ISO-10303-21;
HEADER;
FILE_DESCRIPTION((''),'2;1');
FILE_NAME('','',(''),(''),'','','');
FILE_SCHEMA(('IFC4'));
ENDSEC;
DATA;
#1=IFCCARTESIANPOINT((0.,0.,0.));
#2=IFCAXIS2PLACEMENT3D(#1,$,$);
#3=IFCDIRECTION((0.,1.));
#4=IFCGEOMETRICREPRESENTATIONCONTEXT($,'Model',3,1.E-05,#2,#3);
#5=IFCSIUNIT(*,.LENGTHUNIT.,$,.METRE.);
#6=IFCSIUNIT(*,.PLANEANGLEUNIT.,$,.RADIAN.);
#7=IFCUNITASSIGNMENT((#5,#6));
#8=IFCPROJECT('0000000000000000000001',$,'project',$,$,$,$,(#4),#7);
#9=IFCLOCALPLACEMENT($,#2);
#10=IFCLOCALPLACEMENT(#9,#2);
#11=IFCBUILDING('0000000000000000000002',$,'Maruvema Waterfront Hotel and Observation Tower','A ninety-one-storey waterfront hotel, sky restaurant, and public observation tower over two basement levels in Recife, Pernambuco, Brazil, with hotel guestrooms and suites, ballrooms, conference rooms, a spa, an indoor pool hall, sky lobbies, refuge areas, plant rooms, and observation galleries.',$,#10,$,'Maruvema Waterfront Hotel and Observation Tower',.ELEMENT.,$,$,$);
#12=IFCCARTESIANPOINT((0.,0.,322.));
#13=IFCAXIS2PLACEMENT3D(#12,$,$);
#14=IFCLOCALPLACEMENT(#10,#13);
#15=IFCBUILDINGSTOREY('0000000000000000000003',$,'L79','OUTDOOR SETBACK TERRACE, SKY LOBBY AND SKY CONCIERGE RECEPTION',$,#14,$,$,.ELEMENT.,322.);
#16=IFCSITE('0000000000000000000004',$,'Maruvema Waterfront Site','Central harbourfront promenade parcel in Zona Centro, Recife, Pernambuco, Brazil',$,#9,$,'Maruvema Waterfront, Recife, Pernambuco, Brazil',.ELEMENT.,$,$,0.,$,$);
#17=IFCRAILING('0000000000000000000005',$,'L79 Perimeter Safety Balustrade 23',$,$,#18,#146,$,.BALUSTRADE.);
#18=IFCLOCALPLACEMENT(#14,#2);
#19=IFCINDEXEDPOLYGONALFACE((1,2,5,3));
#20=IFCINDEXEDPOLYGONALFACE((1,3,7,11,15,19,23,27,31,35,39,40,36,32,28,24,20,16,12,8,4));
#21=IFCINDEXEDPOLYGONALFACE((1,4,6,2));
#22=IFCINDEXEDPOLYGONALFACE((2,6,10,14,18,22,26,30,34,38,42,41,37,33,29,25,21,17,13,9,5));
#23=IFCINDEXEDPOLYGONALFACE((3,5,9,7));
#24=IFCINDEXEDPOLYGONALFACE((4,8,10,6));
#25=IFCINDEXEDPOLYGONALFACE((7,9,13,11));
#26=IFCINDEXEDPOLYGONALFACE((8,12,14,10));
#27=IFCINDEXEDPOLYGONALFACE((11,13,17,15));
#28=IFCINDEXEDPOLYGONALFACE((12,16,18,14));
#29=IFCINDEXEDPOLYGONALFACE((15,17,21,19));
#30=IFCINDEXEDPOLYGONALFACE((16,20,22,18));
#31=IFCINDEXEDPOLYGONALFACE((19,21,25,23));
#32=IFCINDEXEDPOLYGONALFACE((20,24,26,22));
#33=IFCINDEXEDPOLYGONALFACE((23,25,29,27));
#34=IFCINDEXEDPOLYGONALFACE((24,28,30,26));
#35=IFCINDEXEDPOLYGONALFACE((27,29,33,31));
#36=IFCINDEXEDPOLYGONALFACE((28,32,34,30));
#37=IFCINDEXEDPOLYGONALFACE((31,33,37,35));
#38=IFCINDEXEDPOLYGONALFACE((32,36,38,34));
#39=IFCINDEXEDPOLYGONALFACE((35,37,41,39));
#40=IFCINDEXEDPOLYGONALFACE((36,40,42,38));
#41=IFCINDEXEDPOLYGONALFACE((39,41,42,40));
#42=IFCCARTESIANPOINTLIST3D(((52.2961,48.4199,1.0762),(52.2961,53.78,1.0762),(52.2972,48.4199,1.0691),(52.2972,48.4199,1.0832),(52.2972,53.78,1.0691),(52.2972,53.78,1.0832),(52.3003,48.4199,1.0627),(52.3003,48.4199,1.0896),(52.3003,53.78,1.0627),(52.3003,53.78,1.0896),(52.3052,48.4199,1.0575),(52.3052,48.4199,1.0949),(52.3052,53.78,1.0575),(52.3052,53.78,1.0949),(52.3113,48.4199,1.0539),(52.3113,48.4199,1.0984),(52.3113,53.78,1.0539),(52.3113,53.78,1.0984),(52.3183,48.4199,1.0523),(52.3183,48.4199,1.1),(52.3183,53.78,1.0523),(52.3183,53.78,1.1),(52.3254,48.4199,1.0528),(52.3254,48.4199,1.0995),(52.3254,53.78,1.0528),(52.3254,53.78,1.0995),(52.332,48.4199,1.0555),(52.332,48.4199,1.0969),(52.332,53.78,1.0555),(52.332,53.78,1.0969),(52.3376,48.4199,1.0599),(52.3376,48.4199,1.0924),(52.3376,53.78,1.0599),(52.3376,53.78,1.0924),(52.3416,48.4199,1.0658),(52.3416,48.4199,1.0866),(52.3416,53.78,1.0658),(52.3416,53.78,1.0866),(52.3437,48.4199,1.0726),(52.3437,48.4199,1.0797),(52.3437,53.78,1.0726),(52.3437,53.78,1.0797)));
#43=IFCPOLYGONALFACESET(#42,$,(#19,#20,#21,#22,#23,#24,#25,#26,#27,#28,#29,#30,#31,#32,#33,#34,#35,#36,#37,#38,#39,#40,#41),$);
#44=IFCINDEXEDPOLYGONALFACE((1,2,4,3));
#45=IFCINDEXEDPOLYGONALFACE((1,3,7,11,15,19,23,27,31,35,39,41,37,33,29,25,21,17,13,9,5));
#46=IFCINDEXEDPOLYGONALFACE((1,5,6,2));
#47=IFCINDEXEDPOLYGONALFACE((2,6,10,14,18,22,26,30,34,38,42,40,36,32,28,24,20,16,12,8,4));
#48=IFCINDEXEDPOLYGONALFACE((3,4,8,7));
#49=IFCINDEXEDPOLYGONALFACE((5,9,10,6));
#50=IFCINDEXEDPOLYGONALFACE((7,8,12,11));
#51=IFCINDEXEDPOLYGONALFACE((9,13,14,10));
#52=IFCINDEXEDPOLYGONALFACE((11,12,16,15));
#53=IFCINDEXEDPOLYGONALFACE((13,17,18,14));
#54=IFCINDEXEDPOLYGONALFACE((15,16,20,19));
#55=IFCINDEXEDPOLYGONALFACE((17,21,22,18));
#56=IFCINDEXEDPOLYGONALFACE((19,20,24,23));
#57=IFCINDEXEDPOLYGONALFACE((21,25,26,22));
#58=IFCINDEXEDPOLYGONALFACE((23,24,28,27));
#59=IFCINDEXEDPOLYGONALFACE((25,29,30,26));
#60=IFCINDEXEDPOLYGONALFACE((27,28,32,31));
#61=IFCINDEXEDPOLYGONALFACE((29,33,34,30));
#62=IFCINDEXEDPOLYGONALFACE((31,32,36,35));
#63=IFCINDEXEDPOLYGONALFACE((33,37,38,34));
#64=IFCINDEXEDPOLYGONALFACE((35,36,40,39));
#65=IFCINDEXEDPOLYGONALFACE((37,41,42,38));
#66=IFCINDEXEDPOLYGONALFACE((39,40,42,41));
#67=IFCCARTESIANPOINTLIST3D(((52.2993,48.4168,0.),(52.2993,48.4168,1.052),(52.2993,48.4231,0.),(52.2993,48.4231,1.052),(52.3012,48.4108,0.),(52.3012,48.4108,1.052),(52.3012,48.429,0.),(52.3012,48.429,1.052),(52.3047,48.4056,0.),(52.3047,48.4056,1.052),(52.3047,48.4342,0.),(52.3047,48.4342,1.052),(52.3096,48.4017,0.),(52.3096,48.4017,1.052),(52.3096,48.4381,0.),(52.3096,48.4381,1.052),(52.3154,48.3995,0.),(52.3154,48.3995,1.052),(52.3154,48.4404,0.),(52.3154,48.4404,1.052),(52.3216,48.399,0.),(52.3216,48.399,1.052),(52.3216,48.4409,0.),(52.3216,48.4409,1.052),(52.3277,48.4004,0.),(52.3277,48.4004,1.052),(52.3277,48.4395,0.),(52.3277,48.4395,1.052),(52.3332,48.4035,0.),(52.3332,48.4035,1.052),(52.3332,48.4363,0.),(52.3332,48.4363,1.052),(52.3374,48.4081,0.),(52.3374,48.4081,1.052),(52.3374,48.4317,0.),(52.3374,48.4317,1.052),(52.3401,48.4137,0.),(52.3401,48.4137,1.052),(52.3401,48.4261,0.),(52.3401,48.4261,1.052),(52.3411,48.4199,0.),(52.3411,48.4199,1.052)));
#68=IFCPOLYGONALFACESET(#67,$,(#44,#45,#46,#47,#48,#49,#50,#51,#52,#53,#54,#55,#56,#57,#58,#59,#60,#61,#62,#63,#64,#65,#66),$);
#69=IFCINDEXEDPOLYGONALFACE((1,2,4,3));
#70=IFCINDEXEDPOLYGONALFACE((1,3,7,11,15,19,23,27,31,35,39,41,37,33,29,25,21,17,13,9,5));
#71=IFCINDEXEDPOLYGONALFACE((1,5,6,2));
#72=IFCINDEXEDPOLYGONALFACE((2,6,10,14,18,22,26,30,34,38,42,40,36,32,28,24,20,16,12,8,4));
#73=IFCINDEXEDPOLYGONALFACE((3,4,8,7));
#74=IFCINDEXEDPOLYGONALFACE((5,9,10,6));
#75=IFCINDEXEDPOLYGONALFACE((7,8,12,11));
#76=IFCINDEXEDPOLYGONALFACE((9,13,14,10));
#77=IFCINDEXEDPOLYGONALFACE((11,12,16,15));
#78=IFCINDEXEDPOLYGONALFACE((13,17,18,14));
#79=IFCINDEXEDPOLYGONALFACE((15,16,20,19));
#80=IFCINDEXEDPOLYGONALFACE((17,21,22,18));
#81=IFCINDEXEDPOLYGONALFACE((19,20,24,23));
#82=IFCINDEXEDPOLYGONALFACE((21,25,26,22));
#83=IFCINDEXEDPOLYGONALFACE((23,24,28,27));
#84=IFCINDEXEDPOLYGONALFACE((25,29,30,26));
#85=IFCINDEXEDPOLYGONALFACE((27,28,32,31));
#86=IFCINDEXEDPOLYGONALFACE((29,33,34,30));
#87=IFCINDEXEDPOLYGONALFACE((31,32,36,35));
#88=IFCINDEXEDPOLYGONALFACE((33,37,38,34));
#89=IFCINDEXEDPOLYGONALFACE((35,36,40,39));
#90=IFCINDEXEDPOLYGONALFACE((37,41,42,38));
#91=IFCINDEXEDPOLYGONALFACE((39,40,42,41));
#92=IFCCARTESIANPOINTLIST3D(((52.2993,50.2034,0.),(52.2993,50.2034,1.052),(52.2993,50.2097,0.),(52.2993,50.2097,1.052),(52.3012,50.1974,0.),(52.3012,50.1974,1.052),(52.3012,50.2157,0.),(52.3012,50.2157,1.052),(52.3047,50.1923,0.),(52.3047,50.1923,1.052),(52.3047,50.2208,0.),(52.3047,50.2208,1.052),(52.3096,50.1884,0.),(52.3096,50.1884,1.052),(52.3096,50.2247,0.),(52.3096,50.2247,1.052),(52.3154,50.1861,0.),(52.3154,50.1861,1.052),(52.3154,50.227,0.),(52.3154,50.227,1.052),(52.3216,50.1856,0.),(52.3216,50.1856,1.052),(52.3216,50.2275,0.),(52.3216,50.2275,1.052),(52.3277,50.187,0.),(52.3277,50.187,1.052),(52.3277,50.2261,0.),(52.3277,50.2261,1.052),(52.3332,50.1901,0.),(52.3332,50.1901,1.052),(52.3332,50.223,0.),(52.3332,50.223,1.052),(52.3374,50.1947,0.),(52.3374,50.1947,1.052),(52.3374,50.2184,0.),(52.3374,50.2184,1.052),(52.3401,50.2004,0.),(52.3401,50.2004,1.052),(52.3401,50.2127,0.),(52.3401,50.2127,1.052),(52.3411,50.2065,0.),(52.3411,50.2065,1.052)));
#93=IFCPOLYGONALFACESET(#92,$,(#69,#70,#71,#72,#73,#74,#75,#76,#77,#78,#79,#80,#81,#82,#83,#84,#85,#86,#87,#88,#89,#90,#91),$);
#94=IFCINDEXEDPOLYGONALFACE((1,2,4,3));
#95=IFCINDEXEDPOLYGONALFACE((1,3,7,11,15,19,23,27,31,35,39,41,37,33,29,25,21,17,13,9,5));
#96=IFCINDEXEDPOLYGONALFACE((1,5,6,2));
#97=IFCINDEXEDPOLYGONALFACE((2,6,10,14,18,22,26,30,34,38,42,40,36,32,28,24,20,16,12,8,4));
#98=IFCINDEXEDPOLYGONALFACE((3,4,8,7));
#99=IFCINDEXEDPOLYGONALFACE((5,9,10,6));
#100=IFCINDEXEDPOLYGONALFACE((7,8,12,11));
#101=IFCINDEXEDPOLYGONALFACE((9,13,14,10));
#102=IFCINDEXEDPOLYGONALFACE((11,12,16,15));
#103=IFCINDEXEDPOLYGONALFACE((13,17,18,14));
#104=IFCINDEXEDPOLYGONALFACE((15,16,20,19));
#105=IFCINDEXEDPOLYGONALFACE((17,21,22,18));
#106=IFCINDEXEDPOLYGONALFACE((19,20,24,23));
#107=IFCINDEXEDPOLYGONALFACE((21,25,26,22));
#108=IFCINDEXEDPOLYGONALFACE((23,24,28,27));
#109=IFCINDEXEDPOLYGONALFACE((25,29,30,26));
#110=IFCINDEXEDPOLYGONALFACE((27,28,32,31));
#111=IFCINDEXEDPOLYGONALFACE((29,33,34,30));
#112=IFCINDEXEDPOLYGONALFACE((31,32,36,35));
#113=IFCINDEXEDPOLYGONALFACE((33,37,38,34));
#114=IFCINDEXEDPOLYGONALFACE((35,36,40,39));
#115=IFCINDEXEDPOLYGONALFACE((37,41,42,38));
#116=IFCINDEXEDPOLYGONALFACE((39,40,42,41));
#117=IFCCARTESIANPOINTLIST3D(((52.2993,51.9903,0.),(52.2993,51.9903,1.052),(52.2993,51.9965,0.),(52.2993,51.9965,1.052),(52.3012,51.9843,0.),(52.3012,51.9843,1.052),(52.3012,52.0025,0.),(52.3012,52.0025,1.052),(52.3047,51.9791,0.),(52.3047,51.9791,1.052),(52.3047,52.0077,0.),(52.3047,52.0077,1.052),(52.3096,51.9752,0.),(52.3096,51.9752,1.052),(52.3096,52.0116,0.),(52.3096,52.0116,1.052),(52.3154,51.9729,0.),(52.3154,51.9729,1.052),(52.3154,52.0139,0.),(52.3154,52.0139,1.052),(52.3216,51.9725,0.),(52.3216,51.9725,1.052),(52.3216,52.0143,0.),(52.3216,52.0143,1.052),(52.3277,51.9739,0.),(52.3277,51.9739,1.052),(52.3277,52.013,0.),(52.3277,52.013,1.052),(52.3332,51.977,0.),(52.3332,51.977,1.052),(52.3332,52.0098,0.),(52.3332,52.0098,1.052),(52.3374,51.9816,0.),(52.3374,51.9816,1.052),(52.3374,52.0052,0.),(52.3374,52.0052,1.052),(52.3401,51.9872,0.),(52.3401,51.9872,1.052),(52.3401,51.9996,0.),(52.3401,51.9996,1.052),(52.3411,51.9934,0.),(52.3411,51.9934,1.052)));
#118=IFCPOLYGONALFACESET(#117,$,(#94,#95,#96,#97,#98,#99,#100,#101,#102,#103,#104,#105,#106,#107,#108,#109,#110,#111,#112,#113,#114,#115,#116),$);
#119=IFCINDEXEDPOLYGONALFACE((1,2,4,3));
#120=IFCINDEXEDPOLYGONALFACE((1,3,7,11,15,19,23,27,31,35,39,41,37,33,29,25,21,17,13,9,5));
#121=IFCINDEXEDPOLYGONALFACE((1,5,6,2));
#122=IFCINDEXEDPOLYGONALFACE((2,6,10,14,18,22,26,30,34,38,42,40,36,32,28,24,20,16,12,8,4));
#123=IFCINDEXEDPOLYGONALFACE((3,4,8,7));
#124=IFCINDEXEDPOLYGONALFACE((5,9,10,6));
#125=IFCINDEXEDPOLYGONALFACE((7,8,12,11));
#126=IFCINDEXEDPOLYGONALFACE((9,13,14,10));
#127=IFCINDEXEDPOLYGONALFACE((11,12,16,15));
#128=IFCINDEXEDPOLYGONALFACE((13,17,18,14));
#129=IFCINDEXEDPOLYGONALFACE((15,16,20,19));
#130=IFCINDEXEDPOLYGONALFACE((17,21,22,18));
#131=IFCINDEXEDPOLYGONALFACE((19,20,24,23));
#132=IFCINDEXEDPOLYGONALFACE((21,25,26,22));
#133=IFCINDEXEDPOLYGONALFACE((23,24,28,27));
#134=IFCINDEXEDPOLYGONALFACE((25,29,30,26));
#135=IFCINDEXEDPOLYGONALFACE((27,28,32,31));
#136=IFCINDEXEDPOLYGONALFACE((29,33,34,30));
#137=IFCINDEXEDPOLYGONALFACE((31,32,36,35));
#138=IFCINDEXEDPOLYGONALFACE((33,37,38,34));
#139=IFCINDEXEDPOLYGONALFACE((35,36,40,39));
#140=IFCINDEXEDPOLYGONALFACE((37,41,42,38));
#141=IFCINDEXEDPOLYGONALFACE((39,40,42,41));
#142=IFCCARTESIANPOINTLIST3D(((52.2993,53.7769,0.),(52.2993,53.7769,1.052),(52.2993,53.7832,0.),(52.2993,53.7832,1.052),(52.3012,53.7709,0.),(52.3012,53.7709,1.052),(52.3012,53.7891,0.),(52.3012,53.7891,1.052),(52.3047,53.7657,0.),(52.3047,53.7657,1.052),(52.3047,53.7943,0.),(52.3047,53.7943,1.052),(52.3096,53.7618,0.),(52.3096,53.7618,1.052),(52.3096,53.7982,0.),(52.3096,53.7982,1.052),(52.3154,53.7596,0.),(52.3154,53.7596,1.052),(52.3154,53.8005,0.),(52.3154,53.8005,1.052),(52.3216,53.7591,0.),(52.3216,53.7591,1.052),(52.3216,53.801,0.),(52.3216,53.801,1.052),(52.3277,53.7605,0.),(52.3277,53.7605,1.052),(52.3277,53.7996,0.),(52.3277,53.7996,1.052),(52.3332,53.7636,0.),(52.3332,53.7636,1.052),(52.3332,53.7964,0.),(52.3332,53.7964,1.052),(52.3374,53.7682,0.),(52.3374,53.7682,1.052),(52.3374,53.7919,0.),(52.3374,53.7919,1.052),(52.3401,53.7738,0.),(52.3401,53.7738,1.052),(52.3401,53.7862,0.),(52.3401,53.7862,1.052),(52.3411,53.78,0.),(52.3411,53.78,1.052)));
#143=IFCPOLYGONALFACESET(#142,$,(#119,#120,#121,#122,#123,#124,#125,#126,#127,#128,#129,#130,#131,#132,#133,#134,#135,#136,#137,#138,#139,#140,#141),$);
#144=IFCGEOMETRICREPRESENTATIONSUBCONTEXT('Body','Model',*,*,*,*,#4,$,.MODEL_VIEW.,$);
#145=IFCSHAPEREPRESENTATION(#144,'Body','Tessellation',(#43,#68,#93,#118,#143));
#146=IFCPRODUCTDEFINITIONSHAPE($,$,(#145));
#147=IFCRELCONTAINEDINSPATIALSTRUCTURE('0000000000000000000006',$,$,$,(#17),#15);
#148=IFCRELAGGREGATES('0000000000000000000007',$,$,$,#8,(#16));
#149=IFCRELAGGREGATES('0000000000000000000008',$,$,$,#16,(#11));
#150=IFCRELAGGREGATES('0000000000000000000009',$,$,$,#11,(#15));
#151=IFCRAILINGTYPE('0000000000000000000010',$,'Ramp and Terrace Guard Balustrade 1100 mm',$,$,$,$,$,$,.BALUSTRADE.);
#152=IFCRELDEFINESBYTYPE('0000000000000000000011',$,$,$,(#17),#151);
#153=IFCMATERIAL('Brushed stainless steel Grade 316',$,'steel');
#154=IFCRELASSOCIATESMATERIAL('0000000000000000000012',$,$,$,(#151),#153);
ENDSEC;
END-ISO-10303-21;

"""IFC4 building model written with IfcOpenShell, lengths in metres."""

from ifc_helpers import new_model, si_unit, direction, frame, origin, origin_2d, place, context, subcontext, project, spatial, circle, extrude, material, type_object, element, save


model = new_model("IFC4")

# Units and contexts
model_context = context("Model", 3, precision=1e-05, world=origin(), true_north=direction((0.0, 1.0)))
body_context = subcontext(model_context, "Body", "Model", "MODEL_VIEW")
ifc_project = project(units=[si_unit("LENGTHUNIT", "METRE"), si_unit("PLANEANGLEUNIT", "RADIAN")], contexts=[model_context])

# Site, building, storey
site_placement = place(None, origin())
site = spatial("IfcSite", under=ifc_project, at=site_placement, Name="Maruvema Waterfront Site", Description="Central harbourfront promenade parcel in Zona Centro, Recife, Pernambuco, Brazil", LongName="Maruvema Waterfront, Recife, Pernambuco, Brazil", CompositionType="ELEMENT", RefElevation=0.0)
building_placement = place(site_placement, origin())
building = spatial("IfcBuilding", under=site, at=building_placement, Name="Maruvema Waterfront Hotel and Observation Tower", Description="A ninety-one-storey waterfront hotel, sky restaurant, and public observation tower over two basement levels in Recife, Pernambuco, Brazil, with hotel guestrooms and suites, ballrooms, conference rooms, a spa, an indoor pool hall, sky lobbies, refuge areas, plant rooms, and observation galleries.", LongName="Maruvema Waterfront Hotel and Observation Tower", CompositionType="ELEMENT")
storey_placement = place(building_placement, frame((0.0, 0.0, 322.0)))
storey = spatial("IfcBuildingStorey", under=building, at=storey_placement, Name="L79", Description="OUTDOOR SETBACK TERRACE, SKY LOBBY AND SKY CONCIERGE RECEPTION", CompositionType="ELEMENT", Elevation=322.0)

# Railing
ifc_material_1 = material(Name="Brushed stainless steel Grade 316", Category="steel")
railing_type_1 = type_object("IfcRailingType", Name="Ramp and Terrace Guard Balustrade 1100 mm", PredefinedType="BALUSTRADE", material=ifc_material_1)
railing_1_placement = place(storey_placement, frame((52.3201, 48.4199, 0.0)))
element("IfcRailing", 1, at=railing_1_placement, inside=storey, type_object=railing_type_1, Name="L79 Perimeter Safety Balustrade 23", PredefinedType="BALUSTRADE", context=body_context, shape_type="SweptSolid", body=[
    extrude(circle(Radius=0.0239, at=origin_2d()), frame((0.0, 0.0, 1.0762), z_axis=(0.0, 1.0, 0.0), x_axis=(-1.0, 0.0, 0.0)), (0.0, 0.0, 1.0), 5.3601),
    extrude(circle(Radius=0.021, at=origin_2d()), origin(), (0.0, 0.0, 1.0), 1.052),
    extrude(circle(Radius=0.021, at=origin_2d()), frame((0.0, 1.7866, 0.0)), (0.0, 0.0, 1.0), 1.052),
    extrude(circle(Radius=0.021, at=origin_2d()), frame((0.0, 3.5735, 0.0)), (0.0, 0.0, 1.0), 1.052),
    extrude(circle(Radius=0.021, at=origin_2d()), frame((0.0, 5.3601, 0.0)), (0.0, 0.0, 1.0), 1.052),
])

save(model, "model.ifc")
